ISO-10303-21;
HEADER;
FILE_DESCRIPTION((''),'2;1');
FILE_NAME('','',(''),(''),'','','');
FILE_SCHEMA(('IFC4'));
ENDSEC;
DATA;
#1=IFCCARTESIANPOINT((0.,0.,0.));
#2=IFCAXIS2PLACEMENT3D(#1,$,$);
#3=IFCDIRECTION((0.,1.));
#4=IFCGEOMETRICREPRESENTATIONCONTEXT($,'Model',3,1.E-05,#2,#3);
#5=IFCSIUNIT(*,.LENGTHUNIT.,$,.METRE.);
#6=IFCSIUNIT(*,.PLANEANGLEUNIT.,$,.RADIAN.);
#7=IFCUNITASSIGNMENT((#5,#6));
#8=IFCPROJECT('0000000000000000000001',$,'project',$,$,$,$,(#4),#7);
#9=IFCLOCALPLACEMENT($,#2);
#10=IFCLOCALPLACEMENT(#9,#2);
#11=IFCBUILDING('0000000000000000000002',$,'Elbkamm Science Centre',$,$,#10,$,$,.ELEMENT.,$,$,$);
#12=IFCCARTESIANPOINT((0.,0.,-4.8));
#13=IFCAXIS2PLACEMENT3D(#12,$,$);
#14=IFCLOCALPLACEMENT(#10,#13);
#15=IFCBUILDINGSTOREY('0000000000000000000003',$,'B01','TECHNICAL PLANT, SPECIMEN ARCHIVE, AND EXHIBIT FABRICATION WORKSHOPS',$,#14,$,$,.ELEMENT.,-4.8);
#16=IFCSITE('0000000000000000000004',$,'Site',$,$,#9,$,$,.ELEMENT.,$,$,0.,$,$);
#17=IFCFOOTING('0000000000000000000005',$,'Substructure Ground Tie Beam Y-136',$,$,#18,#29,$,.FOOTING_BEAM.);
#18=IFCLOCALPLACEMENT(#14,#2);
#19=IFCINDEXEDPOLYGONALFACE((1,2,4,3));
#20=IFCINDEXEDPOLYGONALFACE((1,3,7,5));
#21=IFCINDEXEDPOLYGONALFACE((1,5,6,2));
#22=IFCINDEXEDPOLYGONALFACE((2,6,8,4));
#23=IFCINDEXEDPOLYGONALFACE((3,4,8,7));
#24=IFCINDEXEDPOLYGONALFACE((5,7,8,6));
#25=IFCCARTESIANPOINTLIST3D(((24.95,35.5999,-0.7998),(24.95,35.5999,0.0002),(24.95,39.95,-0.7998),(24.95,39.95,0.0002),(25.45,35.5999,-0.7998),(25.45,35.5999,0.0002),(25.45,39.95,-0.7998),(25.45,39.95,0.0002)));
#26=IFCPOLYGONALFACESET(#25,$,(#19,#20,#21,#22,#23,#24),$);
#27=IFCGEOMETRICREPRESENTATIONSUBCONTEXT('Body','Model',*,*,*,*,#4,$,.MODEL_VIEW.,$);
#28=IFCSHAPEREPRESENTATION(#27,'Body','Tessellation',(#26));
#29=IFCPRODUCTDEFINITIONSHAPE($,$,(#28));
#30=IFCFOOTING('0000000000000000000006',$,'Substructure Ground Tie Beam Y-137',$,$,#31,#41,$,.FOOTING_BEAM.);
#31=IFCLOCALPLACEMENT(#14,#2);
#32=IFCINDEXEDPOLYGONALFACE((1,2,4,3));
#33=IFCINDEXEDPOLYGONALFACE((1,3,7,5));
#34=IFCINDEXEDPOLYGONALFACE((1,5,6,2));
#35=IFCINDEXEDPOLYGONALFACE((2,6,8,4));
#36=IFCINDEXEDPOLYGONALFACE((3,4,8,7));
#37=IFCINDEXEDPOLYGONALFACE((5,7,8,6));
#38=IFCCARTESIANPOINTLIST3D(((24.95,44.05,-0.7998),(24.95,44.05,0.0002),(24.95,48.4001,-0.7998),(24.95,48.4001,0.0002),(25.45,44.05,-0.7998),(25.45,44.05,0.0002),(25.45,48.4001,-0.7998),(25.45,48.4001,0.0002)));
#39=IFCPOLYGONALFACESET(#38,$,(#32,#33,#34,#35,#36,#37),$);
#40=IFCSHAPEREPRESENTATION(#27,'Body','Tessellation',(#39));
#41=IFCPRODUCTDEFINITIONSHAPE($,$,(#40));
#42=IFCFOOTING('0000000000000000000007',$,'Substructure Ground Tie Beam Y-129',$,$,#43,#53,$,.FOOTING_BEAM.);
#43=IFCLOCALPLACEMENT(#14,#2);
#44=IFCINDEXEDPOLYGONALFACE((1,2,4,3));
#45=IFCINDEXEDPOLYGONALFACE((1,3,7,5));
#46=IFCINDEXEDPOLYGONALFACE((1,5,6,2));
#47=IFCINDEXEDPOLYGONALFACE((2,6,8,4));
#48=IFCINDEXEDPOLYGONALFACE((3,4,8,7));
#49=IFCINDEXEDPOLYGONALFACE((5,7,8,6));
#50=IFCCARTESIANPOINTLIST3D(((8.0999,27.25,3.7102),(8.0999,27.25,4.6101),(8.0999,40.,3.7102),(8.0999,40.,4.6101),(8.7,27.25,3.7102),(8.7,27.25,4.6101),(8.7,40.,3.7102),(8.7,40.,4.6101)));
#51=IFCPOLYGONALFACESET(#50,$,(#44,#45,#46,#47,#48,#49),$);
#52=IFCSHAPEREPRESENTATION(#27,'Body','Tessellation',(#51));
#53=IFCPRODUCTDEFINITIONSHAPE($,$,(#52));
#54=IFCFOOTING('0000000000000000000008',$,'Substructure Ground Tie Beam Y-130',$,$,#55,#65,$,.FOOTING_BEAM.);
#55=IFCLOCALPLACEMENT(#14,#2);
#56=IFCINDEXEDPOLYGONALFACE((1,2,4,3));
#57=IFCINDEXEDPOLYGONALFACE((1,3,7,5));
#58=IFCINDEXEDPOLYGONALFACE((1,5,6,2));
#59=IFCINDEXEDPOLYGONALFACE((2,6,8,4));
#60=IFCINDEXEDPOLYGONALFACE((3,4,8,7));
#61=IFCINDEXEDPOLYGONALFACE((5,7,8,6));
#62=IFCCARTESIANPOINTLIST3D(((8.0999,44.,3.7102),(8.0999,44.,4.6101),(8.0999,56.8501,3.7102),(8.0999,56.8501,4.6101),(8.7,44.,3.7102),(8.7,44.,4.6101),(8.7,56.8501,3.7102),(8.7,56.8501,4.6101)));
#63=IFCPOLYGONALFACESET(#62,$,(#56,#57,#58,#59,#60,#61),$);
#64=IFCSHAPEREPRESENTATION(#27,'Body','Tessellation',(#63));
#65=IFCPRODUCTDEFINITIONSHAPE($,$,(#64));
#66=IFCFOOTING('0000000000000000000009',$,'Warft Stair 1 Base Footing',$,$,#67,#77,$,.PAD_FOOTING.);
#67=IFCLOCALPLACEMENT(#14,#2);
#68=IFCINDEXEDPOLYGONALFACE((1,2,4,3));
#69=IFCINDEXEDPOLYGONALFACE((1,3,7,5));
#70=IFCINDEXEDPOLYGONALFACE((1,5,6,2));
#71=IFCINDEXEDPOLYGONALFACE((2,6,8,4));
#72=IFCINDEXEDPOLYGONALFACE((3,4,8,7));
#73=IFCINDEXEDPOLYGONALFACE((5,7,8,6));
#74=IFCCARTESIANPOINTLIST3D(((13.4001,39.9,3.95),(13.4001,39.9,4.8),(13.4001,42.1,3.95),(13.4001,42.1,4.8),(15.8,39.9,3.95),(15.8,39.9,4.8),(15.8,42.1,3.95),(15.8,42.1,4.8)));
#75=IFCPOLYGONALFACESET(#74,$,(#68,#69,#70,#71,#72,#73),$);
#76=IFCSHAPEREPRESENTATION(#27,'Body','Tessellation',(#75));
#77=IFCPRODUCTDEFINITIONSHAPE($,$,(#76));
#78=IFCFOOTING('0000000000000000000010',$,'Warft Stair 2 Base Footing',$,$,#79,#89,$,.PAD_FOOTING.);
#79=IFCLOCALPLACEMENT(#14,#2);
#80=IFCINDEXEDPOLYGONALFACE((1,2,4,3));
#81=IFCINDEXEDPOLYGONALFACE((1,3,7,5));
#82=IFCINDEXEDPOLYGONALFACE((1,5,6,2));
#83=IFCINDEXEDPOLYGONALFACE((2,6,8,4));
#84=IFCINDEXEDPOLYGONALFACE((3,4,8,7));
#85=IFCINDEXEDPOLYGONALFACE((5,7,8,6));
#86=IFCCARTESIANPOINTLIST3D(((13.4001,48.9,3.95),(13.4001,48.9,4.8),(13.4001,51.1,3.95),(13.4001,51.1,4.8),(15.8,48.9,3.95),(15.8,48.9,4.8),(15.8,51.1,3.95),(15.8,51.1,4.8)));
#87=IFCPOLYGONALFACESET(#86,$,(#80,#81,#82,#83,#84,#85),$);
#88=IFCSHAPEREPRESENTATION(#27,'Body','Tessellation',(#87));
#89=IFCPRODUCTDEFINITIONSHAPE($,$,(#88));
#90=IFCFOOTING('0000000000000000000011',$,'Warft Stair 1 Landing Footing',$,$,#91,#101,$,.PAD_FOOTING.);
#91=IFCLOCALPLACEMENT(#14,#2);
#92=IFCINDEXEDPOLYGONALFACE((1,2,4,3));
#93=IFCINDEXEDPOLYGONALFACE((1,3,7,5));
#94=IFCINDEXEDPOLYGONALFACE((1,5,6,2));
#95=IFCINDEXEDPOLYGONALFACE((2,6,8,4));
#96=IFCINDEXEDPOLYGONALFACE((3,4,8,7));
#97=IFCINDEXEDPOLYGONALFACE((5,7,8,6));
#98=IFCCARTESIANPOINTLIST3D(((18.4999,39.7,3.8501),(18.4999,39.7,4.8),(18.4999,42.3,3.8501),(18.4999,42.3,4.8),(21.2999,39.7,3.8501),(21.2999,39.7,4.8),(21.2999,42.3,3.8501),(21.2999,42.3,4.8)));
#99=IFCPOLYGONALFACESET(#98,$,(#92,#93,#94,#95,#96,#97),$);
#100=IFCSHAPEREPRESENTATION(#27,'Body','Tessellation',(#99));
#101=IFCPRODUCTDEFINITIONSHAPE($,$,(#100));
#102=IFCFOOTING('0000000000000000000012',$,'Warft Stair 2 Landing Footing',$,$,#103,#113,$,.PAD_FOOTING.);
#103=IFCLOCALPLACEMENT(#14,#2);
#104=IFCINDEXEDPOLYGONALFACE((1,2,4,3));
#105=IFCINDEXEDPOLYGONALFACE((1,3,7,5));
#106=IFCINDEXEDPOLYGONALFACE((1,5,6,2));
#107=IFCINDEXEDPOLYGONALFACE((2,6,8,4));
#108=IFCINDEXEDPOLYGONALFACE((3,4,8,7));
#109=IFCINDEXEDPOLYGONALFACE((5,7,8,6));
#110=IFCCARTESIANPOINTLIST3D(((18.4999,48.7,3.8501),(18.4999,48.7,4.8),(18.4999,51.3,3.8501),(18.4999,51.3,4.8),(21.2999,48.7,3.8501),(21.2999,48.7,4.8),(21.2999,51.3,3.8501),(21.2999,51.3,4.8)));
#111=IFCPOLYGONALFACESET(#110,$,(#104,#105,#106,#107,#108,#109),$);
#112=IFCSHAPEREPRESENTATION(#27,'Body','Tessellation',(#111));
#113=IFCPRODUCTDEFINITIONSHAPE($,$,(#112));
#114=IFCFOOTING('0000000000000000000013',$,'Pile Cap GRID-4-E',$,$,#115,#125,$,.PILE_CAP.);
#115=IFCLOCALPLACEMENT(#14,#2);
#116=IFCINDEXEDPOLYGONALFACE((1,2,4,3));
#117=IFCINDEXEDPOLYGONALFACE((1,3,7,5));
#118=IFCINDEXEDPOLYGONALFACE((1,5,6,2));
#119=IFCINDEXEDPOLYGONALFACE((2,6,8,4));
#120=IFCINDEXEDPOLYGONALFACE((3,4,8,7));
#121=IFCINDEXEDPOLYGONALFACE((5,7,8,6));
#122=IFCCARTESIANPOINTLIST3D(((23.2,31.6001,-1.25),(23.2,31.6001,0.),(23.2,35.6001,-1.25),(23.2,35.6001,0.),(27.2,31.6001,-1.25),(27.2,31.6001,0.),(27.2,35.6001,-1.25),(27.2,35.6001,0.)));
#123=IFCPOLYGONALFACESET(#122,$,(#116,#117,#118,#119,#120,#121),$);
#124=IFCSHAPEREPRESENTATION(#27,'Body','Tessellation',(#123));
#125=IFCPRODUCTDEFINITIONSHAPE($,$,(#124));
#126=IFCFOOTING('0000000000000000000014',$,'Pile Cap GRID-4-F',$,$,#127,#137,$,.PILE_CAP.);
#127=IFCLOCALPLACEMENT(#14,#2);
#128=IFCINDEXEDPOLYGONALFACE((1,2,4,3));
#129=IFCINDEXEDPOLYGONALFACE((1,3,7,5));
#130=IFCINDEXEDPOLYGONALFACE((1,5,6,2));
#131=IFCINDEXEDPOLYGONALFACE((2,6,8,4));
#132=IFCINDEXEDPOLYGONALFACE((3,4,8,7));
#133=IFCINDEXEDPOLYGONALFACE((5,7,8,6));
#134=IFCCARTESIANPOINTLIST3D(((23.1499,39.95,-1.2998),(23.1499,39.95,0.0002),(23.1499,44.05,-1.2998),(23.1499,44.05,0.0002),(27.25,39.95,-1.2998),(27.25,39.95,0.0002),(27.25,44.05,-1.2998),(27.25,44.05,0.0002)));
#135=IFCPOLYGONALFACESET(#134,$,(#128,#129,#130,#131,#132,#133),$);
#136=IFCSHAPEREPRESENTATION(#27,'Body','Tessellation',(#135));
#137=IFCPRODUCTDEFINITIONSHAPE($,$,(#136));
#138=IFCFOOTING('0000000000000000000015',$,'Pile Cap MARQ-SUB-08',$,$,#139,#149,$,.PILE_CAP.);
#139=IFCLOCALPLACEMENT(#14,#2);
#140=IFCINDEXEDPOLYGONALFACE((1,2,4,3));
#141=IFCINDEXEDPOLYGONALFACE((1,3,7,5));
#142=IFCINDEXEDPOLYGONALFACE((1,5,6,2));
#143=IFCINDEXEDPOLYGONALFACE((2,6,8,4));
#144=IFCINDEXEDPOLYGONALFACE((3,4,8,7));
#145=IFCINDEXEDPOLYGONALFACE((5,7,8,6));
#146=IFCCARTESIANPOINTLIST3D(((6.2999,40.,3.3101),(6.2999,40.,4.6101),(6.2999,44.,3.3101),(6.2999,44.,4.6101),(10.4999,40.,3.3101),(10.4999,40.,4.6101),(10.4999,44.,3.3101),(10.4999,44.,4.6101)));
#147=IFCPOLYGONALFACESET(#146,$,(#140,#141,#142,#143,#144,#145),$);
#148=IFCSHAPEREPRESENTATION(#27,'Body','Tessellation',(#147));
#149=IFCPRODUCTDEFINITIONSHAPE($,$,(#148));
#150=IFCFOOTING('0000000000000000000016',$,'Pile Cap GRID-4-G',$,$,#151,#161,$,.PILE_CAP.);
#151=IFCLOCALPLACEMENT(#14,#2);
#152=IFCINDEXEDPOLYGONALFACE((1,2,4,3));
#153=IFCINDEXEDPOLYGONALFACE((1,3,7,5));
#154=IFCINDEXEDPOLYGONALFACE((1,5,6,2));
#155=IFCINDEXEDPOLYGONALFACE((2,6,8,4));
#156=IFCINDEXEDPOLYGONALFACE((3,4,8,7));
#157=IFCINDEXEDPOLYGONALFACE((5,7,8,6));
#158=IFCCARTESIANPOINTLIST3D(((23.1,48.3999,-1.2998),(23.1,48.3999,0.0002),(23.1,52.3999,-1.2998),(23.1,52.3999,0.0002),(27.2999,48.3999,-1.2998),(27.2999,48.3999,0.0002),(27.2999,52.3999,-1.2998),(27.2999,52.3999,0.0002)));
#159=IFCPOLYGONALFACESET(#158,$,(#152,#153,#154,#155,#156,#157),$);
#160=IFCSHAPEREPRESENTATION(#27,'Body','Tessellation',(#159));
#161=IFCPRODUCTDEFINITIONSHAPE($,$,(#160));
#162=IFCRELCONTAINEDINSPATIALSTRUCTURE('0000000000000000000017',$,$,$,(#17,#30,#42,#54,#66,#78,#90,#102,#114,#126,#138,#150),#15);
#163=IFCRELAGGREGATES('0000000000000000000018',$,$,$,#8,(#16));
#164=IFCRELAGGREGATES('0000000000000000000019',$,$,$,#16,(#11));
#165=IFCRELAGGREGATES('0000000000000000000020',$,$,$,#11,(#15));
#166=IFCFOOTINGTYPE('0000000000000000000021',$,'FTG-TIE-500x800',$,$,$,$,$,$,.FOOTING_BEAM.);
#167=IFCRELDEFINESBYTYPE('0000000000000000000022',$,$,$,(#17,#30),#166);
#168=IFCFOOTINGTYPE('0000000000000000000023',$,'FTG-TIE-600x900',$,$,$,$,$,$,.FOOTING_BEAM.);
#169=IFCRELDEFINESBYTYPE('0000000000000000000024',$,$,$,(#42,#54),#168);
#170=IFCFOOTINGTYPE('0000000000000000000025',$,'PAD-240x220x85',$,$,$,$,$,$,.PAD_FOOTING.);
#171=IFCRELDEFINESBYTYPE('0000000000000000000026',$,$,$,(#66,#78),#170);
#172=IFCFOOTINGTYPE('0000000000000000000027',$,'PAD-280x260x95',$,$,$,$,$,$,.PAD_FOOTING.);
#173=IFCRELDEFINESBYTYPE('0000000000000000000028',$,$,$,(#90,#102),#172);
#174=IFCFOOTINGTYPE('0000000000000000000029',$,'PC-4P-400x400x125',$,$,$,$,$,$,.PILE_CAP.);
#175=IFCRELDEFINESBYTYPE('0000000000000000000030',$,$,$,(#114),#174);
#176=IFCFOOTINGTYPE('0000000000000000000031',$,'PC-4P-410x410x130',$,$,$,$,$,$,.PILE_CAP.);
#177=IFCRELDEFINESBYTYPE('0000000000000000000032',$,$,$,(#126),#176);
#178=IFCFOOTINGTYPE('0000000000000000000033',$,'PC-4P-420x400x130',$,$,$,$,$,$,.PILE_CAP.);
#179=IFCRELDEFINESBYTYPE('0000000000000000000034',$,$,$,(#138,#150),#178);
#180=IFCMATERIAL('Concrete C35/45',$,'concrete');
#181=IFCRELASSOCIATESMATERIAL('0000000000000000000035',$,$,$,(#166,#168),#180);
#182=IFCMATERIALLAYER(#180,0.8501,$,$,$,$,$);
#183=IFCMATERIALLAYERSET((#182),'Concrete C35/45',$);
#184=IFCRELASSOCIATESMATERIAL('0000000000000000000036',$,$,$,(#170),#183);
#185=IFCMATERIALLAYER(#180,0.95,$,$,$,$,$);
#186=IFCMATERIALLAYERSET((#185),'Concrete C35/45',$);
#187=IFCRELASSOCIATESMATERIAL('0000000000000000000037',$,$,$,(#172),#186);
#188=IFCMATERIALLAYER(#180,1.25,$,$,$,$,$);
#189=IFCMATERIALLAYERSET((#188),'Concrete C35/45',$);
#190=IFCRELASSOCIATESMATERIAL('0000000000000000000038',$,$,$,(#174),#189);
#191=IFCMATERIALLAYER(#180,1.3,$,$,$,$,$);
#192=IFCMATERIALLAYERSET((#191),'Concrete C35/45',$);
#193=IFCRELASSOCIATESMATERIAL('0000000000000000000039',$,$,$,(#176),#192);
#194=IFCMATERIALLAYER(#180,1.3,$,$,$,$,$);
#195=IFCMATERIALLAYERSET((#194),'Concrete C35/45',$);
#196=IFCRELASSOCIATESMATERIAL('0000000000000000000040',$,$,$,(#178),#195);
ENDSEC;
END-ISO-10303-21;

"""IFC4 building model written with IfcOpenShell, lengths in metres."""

from ifc_helpers import new_model, si_unit, direction, frame, origin, origin_2d, place, context, subcontext, project, spatial, rectangle, extrude, material, layer, layer_set, type_object, element, save


model = new_model("IFC4")

# Units and contexts
model_context = context("Model", 3, precision=1e-05, world=origin(), true_north=direction((0.0, 1.0)))
body_context = subcontext(model_context, "Body", "Model", "MODEL_VIEW")
ifc_project = project(units=[si_unit("LENGTHUNIT", "METRE"), si_unit("PLANEANGLEUNIT", "RADIAN")], contexts=[model_context])

# Site, building, storey
site_placement = place(None, origin())
site = spatial("IfcSite", under=ifc_project, at=site_placement, Name="Site", CompositionType="ELEMENT", RefElevation=0.0)
building_placement = place(site_placement, origin())
building = spatial("IfcBuilding", under=site, at=building_placement, Name="Elbkamm Science Centre", CompositionType="ELEMENT")
storey_placement = place(building_placement, frame((0.0, 0.0, -4.8)))
storey = spatial("IfcBuildingStorey", under=building, at=storey_placement, Name="B01", Description="TECHNICAL PLANT, SPECIMEN ARCHIVE, AND EXHIBIT FABRICATION WORKSHOPS", CompositionType="ELEMENT", Elevation=-4.8)

# Footings
ifc_material_1 = material(Name="Concrete C35/45", Category="concrete")
footing_type_1 = type_object("IfcFootingType", Name="FTG-TIE-500x800", PredefinedType="FOOTING_BEAM", material=ifc_material_1)
for number, where, z_axis, x_axis, name in (
    (1, (25.2, 37.7749, -0.7998), (0.0, 0.0, 1.0), (1.0, 0.0, 0.0), "Substructure Ground Tie Beam Y-136"),
    (2, (25.2, 46.2251, -0.7998), (0.0, 0.0, 1.0), (1.0, 0.0, 0.0), "Substructure Ground Tie Beam Y-137"),
):
    element("IfcFooting", number, at=place(storey_placement, frame(where, z_axis=z_axis, x_axis=x_axis)), inside=storey, type_object=footing_type_1, Name=name, PredefinedType="FOOTING_BEAM", context=body_context, shape_type="SweptSolid", body=[
        extrude(rectangle(XDim=0.5, YDim=4.3501, at=origin_2d()), origin(), (0.0, 0.0, 1.0), 0.8),
    ])
footing_type_2 = type_object("IfcFootingType", Name="FTG-TIE-600x900", PredefinedType="FOOTING_BEAM", material=ifc_material_1)
footing_1_placement = place(storey_placement, frame((8.3999, 33.625, 3.7102), z_axis=(0.0, 0.0, 1.0), x_axis=(1.0, 0.0, 0.0)))
element("IfcFooting", 3, at=footing_1_placement, inside=storey, type_object=footing_type_2, Name="Substructure Ground Tie Beam Y-129", PredefinedType="FOOTING_BEAM", context=body_context, shape_type="SweptSolid", body=[
    extrude(rectangle(XDim=0.6001, YDim=12.75, at=origin_2d()), origin(), (0.0, 0.0, 1.0), 0.8999),
])
footing_2_placement = place(storey_placement, frame((8.3999, 50.425, 3.7102), z_axis=(0.0, 0.0, 1.0), x_axis=(1.0, 0.0, 0.0)))
element("IfcFooting", 4, at=footing_2_placement, inside=storey, type_object=footing_type_2, Name="Substructure Ground Tie Beam Y-130", PredefinedType="FOOTING_BEAM", context=body_context, shape_type="SweptSolid", body=[
    extrude(rectangle(XDim=0.6001, YDim=12.8501, at=origin_2d()), origin(), (0.0, 0.0, 1.0), 0.8999),
])
ifc_layer_1 = layer(ifc_material_1, 0.8501)
ifc_layer_set_1 = layer_set([ifc_layer_1], Name="Concrete C35/45")
footing_type_3 = type_object("IfcFootingType", Name="PAD-240x220x85", PredefinedType="PAD_FOOTING", material=ifc_layer_set_1)
for number, where, z_axis, x_axis, name in (
    (5, (14.6001, 41.0, 3.95), (0.0, 0.0, 1.0), (1.0, 0.0, 0.0), "Warft Stair 1 Base Footing"),
    (6, (14.6001, 50.0, 3.95), (0.0, 0.0, 1.0), (1.0, 0.0, 0.0), "Warft Stair 2 Base Footing"),
):
    element("IfcFooting", number, at=place(storey_placement, frame(where, z_axis=z_axis, x_axis=x_axis)), inside=storey, type_object=footing_type_3, Name=name, PredefinedType="PAD_FOOTING", context=body_context, shape_type="SweptSolid", body=[
        extrude(rectangle(XDim=2.3999, YDim=2.2, at=origin_2d()), origin(), (0.0, 0.0, 1.0), 0.8501),
    ])
ifc_layer_2 = layer(ifc_material_1, 0.95)
ifc_layer_set_2 = layer_set([ifc_layer_2], Name="Concrete C35/45")
footing_type_4 = type_object("IfcFootingType", Name="PAD-280x260x95", PredefinedType="PAD_FOOTING", material=ifc_layer_set_2)
for number, where, z_axis, x_axis, name in (
    (7, (19.8999, 41.0, 3.8501), (0.0, 0.0, 1.0), (1.0, 0.0, 0.0), "Warft Stair 1 Landing Footing"),
    (8, (19.8999, 50.0, 3.8501), (0.0, 0.0, 1.0), (1.0, 0.0, 0.0), "Warft Stair 2 Landing Footing"),
):
    element("IfcFooting", number, at=place(storey_placement, frame(where, z_axis=z_axis, x_axis=x_axis)), inside=storey, type_object=footing_type_4, Name=name, PredefinedType="PAD_FOOTING", context=body_context, shape_type="SweptSolid", body=[
        extrude(rectangle(XDim=2.8, YDim=2.6001, at=origin_2d()), origin(), (0.0, 0.0, 1.0), 0.95),
    ])
ifc_layer_3 = layer(ifc_material_1, 1.25)
ifc_layer_set_3 = layer_set([ifc_layer_3], Name="Concrete C35/45")
footing_type_5 = type_object("IfcFootingType", Name="PC-4P-400x400x125", PredefinedType="PILE_CAP", material=ifc_layer_set_3)
footing_3_placement = place(storey_placement, frame((25.2, 33.6001, -1.25), z_axis=(0.0, 0.0, 1.0), x_axis=(1.0, 0.0, 0.0)))
element("IfcFooting", 9, at=footing_3_placement, inside=storey, type_object=footing_type_5, Name="Pile Cap GRID-4-E", PredefinedType="PILE_CAP", context=body_context, shape_type="SweptSolid", body=[
    extrude(rectangle(XDim=4.0, YDim=4.0, at=origin_2d()), origin(), (0.0, 0.0, 1.0), 1.25),
])
ifc_layer_4 = layer(ifc_material_1, 1.3)
ifc_layer_set_4 = layer_set([ifc_layer_4], Name="Concrete C35/45")
footing_type_6 = type_object("IfcFootingType", Name="PC-4P-410x410x130", PredefinedType="PILE_CAP", material=ifc_layer_set_4)
footing_4_placement = place(storey_placement, frame((25.2, 42.0, -1.2998), z_axis=(0.0, 0.0, 1.0), x_axis=(1.0, 0.0, 0.0)))
element("IfcFooting", 10, at=footing_4_placement, inside=storey, type_object=footing_type_6, Name="Pile Cap GRID-4-F", PredefinedType="PILE_CAP", context=body_context, shape_type="SweptSolid", body=[
    extrude(rectangle(XDim=4.1001, YDim=4.1001, at=origin_2d()), origin(), (0.0, 0.0, 1.0), 1.3),
])
ifc_layer_5 = layer(ifc_material_1, 1.3)
ifc_layer_set_5 = layer_set([ifc_layer_5], Name="Concrete C35/45")
footing_type_7 = type_object("IfcFootingType", Name="PC-4P-420x400x130", PredefinedType="PILE_CAP", material=ifc_layer_set_5)
for number, where, z_axis, x_axis, name in (
    (11, (8.3999, 42.0, 3.3101), (0.0, 0.0, 1.0), (1.0, 0.0, 0.0), "Pile Cap MARQ-SUB-08"),
    (12, (25.2, 50.3999, -1.2998), (0.0, 0.0, 1.0), (1.0, 0.0, 0.0), "Pile Cap GRID-4-G"),
):
    element("IfcFooting", number, at=place(storey_placement, frame(where, z_axis=z_axis, x_axis=x_axis)), inside=storey, type_object=footing_type_7, Name=name, PredefinedType="PILE_CAP", context=body_context, shape_type="SweptSolid", body=[
        extrude(rectangle(XDim=4.2, YDim=4.0, at=origin_2d()), origin(), (0.0, 0.0, 1.0), 1.3),
    ])

save(model, "model.ifc")
